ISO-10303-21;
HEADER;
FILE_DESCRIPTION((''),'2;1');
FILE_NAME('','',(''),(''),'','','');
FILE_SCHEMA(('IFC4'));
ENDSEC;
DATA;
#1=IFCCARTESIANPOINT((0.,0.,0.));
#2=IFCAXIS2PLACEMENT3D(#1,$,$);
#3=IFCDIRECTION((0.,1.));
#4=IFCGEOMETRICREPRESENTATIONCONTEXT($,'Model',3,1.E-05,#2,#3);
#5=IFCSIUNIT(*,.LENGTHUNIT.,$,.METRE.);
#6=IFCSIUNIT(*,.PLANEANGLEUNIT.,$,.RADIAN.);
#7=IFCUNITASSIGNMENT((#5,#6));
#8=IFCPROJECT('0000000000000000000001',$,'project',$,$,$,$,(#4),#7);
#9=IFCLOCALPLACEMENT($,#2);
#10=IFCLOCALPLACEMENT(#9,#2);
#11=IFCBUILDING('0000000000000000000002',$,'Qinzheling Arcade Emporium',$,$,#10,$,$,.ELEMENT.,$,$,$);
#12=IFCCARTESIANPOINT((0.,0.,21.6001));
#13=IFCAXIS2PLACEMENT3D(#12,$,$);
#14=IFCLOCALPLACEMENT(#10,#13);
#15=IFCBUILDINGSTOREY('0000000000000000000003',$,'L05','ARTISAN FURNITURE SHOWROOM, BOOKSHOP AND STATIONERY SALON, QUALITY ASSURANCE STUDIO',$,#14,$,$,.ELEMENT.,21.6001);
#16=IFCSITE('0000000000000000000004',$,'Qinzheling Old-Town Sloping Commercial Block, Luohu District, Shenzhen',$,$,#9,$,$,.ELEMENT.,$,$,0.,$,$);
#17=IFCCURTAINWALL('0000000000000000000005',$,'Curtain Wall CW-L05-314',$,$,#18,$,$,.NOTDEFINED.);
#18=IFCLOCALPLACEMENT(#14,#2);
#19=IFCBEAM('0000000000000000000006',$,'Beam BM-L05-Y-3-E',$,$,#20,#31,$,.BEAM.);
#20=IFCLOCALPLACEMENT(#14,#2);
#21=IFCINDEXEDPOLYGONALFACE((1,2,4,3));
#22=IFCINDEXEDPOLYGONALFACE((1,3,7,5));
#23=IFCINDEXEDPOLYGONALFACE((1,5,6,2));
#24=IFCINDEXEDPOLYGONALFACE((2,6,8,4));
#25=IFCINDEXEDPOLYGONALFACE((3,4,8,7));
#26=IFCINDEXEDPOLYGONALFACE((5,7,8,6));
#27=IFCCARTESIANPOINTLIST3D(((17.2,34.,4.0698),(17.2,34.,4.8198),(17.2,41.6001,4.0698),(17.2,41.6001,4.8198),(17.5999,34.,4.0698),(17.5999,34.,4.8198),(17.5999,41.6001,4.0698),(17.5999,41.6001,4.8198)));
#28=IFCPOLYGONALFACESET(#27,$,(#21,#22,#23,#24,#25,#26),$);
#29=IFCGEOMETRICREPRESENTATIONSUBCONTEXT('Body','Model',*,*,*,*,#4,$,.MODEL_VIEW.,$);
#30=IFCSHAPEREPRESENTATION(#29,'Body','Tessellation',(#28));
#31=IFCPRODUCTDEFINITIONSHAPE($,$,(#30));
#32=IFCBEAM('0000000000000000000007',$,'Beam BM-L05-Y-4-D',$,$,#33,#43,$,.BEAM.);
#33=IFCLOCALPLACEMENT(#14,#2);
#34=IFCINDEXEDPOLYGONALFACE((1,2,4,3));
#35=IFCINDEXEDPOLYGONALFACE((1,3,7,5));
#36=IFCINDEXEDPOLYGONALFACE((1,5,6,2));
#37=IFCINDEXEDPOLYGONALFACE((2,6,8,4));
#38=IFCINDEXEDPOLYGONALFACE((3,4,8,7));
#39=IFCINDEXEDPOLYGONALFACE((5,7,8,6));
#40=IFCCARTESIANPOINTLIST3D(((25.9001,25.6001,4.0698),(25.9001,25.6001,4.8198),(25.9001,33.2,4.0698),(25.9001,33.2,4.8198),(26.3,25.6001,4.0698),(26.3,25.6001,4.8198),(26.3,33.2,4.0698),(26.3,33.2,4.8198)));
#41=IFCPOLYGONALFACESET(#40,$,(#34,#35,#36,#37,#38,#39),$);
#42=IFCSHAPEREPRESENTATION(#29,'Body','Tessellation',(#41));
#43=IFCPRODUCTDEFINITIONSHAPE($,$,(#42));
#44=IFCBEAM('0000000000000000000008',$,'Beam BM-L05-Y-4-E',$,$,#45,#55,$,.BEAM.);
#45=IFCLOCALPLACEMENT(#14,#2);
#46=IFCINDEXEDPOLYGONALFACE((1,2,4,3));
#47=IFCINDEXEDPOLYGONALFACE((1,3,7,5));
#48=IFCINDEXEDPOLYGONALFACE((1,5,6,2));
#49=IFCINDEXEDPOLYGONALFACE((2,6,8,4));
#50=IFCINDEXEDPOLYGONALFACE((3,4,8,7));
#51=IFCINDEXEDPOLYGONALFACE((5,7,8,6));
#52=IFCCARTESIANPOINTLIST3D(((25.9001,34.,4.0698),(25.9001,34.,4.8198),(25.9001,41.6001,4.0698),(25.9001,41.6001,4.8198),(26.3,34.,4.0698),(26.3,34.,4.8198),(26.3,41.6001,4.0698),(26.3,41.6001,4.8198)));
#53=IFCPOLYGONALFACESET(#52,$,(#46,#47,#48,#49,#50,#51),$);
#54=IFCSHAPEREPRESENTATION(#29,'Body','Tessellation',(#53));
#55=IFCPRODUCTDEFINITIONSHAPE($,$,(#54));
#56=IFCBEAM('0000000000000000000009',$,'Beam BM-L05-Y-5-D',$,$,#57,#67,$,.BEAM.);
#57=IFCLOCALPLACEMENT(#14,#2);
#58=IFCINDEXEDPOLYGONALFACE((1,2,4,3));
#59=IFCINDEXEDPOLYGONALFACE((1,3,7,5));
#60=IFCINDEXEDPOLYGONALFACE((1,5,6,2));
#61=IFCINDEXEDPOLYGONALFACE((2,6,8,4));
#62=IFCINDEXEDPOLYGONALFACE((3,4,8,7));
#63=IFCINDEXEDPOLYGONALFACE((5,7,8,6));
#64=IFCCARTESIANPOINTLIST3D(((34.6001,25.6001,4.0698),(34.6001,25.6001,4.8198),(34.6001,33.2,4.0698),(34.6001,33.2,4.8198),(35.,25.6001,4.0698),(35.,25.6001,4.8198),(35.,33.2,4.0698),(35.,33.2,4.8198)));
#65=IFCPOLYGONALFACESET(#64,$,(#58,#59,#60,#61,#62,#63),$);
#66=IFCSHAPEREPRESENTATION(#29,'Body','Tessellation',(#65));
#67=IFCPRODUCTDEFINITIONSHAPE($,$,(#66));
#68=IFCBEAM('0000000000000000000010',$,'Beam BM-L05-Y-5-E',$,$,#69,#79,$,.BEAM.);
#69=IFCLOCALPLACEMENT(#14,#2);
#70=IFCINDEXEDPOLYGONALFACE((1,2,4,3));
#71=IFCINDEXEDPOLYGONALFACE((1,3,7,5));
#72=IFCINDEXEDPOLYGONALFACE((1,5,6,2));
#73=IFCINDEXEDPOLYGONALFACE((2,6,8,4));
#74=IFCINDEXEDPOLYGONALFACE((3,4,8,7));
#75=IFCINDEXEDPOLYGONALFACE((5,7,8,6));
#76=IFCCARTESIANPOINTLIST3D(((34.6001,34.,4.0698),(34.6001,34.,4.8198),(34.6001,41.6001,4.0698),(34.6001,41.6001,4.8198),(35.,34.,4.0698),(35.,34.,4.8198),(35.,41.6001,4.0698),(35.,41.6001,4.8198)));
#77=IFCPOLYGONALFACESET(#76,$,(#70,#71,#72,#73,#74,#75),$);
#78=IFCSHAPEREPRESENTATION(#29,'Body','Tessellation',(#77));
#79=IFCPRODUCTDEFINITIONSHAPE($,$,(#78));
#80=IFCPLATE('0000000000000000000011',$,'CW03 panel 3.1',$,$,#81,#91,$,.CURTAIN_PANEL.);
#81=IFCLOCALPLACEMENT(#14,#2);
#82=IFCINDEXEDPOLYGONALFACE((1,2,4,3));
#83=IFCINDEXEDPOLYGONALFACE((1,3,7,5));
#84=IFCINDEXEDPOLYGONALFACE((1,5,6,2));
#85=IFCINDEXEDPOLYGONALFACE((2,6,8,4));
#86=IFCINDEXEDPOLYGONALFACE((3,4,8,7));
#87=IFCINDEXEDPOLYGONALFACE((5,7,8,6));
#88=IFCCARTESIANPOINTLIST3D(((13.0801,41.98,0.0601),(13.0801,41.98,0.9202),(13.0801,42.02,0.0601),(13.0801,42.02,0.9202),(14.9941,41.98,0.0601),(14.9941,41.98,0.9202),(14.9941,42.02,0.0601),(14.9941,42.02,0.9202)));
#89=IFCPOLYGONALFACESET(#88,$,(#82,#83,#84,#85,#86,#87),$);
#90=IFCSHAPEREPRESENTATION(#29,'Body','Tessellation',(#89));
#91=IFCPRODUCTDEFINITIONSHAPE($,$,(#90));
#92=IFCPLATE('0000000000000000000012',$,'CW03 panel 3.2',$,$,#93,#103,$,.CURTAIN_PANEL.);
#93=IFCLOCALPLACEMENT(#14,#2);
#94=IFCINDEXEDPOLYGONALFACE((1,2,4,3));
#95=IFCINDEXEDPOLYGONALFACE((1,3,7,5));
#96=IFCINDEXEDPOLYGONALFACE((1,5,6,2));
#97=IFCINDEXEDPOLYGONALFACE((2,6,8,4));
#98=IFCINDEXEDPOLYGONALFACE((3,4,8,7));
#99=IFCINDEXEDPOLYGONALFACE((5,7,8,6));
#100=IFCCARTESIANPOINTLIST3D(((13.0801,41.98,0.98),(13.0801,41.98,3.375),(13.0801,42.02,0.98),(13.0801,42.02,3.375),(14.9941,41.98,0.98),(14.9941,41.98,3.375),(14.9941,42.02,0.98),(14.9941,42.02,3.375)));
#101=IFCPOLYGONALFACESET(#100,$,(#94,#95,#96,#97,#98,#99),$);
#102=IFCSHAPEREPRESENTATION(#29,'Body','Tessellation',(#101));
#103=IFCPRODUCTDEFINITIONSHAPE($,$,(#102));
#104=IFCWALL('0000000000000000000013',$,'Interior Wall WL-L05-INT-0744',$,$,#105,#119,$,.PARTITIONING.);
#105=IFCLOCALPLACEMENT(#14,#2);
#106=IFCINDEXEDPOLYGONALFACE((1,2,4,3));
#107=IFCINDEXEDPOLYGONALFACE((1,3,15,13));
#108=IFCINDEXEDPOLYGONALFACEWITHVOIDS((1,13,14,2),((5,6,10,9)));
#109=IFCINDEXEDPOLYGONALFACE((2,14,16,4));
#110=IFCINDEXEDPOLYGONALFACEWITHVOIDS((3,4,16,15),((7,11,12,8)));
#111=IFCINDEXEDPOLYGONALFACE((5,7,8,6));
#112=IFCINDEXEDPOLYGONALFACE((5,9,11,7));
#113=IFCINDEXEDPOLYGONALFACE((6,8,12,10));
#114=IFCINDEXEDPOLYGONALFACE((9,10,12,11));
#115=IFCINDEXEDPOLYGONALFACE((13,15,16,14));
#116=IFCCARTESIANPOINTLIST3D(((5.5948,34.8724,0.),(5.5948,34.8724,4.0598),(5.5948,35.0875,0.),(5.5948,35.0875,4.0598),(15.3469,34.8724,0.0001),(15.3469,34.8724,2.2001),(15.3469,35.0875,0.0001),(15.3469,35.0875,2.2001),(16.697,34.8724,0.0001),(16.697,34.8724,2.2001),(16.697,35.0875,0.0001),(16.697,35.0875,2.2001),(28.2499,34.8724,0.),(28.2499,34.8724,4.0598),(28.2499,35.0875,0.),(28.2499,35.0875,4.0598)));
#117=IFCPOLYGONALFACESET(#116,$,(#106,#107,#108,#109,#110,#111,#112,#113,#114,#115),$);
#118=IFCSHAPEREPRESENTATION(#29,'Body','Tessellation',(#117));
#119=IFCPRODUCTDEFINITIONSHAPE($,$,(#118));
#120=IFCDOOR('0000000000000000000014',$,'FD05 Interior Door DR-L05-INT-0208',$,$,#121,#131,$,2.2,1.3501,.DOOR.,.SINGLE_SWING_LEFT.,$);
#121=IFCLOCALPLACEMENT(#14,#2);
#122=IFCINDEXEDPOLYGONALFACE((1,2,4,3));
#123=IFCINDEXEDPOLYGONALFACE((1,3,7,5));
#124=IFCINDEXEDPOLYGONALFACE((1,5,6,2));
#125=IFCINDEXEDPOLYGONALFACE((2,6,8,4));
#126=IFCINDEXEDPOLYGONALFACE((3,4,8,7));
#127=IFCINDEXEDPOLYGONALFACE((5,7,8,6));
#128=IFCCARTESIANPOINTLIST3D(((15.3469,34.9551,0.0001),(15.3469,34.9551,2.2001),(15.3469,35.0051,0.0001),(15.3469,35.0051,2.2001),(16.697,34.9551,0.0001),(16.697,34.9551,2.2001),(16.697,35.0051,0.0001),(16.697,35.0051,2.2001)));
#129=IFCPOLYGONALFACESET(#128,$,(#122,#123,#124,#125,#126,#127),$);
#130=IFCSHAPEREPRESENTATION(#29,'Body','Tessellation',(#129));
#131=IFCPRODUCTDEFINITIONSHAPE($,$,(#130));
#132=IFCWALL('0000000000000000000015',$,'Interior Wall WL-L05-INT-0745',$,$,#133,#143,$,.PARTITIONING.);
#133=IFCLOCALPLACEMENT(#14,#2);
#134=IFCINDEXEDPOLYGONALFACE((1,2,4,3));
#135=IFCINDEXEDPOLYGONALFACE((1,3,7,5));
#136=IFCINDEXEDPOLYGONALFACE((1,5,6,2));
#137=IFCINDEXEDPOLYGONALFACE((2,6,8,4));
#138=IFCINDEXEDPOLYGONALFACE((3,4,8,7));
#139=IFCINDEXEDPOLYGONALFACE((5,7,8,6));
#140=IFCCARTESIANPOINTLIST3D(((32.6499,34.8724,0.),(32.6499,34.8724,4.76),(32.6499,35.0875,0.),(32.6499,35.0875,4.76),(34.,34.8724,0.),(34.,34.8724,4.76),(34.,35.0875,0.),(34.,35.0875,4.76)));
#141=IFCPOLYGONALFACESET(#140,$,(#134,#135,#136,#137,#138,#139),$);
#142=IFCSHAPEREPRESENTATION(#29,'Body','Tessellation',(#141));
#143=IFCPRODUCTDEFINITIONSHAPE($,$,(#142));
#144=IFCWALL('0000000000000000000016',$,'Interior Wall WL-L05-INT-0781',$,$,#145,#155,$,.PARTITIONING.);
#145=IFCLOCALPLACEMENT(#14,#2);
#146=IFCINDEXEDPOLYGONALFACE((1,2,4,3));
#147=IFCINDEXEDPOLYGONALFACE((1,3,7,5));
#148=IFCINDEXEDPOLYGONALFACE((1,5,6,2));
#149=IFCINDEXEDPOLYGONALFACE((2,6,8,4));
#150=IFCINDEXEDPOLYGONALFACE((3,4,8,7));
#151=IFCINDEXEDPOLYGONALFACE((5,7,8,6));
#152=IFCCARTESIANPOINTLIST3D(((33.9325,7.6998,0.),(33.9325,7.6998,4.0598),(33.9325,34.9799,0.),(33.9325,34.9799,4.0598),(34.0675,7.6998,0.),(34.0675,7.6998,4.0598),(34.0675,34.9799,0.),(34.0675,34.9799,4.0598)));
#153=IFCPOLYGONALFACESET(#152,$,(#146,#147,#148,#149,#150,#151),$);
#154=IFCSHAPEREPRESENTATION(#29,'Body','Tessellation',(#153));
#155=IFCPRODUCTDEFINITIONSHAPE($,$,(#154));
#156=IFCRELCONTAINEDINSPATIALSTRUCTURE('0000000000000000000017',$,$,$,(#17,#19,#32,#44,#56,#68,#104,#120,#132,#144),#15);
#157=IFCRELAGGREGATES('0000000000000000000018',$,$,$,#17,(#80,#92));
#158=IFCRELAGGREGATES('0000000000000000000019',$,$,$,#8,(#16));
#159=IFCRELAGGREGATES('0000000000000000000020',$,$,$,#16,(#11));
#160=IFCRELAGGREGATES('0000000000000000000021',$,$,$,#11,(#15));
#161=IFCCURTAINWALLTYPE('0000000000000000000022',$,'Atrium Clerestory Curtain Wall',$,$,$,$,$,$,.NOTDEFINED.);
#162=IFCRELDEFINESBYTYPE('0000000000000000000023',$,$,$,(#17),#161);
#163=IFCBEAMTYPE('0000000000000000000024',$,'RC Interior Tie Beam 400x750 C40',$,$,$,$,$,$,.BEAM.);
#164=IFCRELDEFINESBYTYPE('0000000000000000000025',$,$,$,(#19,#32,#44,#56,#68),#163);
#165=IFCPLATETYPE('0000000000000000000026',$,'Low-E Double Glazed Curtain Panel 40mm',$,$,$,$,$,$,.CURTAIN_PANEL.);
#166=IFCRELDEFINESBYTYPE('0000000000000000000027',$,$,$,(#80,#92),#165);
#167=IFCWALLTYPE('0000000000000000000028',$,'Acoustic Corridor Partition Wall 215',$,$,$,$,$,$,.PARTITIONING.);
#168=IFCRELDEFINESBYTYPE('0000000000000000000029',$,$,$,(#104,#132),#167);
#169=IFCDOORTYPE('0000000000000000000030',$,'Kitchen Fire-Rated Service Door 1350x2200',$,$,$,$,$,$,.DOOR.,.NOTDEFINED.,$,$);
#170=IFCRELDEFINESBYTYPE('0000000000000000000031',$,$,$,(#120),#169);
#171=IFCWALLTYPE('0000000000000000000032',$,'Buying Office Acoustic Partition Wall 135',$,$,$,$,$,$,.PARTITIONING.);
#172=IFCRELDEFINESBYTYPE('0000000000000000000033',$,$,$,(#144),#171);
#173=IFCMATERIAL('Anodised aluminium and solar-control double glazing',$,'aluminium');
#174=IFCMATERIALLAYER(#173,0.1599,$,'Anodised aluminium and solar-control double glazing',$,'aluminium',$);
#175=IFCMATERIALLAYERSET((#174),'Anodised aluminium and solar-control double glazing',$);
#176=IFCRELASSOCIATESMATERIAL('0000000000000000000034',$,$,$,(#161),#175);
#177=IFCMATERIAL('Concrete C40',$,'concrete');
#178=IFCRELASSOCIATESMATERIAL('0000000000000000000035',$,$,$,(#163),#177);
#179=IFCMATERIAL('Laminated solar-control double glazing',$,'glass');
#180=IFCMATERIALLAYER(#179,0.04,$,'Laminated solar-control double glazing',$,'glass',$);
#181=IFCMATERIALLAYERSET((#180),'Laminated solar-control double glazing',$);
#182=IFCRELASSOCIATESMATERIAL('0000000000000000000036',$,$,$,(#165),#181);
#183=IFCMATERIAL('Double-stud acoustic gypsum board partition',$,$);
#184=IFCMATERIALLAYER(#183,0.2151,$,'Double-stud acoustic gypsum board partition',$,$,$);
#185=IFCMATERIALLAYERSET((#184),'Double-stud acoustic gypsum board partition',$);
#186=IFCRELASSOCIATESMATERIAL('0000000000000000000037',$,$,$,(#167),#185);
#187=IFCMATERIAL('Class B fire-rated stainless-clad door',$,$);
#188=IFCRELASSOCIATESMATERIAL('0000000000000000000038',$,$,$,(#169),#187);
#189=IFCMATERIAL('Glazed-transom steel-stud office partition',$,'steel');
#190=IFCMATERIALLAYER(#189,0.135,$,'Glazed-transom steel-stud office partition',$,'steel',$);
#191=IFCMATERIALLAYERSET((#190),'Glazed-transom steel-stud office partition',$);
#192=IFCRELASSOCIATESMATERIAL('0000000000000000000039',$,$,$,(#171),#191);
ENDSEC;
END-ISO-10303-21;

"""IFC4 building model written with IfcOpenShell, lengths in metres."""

from ifc_helpers import new_model, si_unit, direction, frame, frame_2d, origin, origin_2d, place, context, subcontext, project, spatial, rectangle, extrude, material, layer, layer_set, material_profile, profile_set, type_object, element, fill, aggregate, save


model = new_model("IFC4")

# Units and contexts
model_context = context("Model", 3, precision=1e-05, world=origin(), true_north=direction((0.0, 1.0)))
body_context = subcontext(model_context, "Body", "Model", "MODEL_VIEW")
ifc_project = project(units=[si_unit("LENGTHUNIT", "METRE"), si_unit("PLANEANGLEUNIT", "RADIAN")], contexts=[model_context])

# Site, building, storey
site_placement = place(None, origin())
site = spatial("IfcSite", under=ifc_project, at=site_placement, Name="Qinzheling Old-Town Sloping Commercial Block, Luohu District, Shenzhen", CompositionType="ELEMENT", RefElevation=0.0)
building_placement = place(site_placement, origin())
building = spatial("IfcBuilding", under=site, at=building_placement, Name="Qinzheling Arcade Emporium", CompositionType="ELEMENT")
storey_placement = place(building_placement, frame((0.0, 0.0, 21.6001)))
storey = spatial("IfcBuildingStorey", under=building, at=storey_placement, Name="L05", Description="ARTISAN FURNITURE SHOWROOM, BOOKSHOP AND STATIONERY SALON, QUALITY ASSURANCE STUDIO", CompositionType="ELEMENT", Elevation=21.6001)

# Shared definitions
ifc_material_1 = material(Name="Concrete C40", Category="concrete")

# Curtain wall
ifc_material_2 = material(Name="Anodised aluminium and solar-control double glazing", Category="aluminium")
ifc_layer_1 = layer(ifc_material_2, 0.1599, Name="Anodised aluminium and solar-control double glazing", Category="aluminium")
ifc_layer_set_1 = layer_set([ifc_layer_1], Name="Anodised aluminium and solar-control double glazing")
curtain_wall_type = type_object("IfcCurtainWallType", Name="Atrium Clerestory Curtain Wall", PredefinedType="NOTDEFINED", material=ifc_layer_set_1)
curtain_wall_placement = place(storey_placement, origin())
curtain_wall = element("IfcCurtainWall", 1, at=curtain_wall_placement, inside=storey, type_object=curtain_wall_type, Name="Curtain Wall CW-L05-314", PredefinedType="NOTDEFINED")

# Beams
ifc_material_profile_1 = material_profile(ifc_material_1, rectangle(XDim=0.3999, YDim=0.75, at=origin_2d()), Name="RC 400x750", Category="concrete")
ifc_profile_set_1 = profile_set([ifc_material_profile_1], Name="Concrete C40")
beam_type = type_object("IfcBeamType", Name="RC Interior Tie Beam 400x750 C40", PredefinedType="BEAM", material=ifc_profile_set_1)
beam_1_placement = place(storey_placement, frame((17.3999, 34.0, 4.4448), z_axis=(0.0, 1.0, 0.0), x_axis=(-1.0, 0.0, 0.0)))
element("IfcBeam", 2, at=beam_1_placement, inside=storey, type_object=beam_type, Name="Beam BM-L05-Y-3-E", PredefinedType="BEAM", context=body_context, shape_type="SweptSolid", body=[
    extrude(rectangle(XDim=0.3999, YDim=0.75, at=origin_2d()), origin(), (0.0, 0.0, 1.0), 7.6001),
])
beam_2_placement = place(storey_placement, frame((26.1001, 25.6001, 4.4448), z_axis=(0.0, 1.0, 0.0), x_axis=(-1.0, 0.0, 0.0)))
element("IfcBeam", 3, at=beam_2_placement, inside=storey, type_object=beam_type, Name="Beam BM-L05-Y-4-D", PredefinedType="BEAM", context=body_context, shape_type="SweptSolid", body=[
    extrude(rectangle(XDim=0.3999, YDim=0.75, at=origin_2d()), origin(), (0.0, 0.0, 1.0), 7.5999),
])
beam_3_placement = place(storey_placement, frame((26.1001, 34.0, 4.4448), z_axis=(0.0, 1.0, 0.0), x_axis=(-1.0, 0.0, 0.0)))
element("IfcBeam", 4, at=beam_3_placement, inside=storey, type_object=beam_type, Name="Beam BM-L05-Y-4-E", PredefinedType="BEAM", context=body_context, shape_type="SweptSolid", body=[
    extrude(rectangle(XDim=0.3999, YDim=0.75, at=origin_2d()), origin(), (0.0, 0.0, 1.0), 7.6001),
])
beam_4_placement = place(storey_placement, frame((34.8, 25.6001, 4.4448), z_axis=(0.0, 1.0, 0.0), x_axis=(-1.0, 0.0, 0.0)))
element("IfcBeam", 5, at=beam_4_placement, inside=storey, type_object=beam_type, Name="Beam BM-L05-Y-5-D", PredefinedType="BEAM", context=body_context, shape_type="SweptSolid", body=[
    extrude(rectangle(XDim=0.3999, YDim=0.75, at=origin_2d()), origin(), (0.0, 0.0, 1.0), 7.5999),
])
beam_5_placement = place(storey_placement, frame((34.8, 34.0, 4.4448), z_axis=(0.0, 1.0, 0.0), x_axis=(-1.0, 0.0, 0.0)))
element("IfcBeam", 6, at=beam_5_placement, inside=storey, type_object=beam_type, Name="Beam BM-L05-Y-5-E", PredefinedType="BEAM", context=body_context, shape_type="SweptSolid", body=[
    extrude(rectangle(XDim=0.3999, YDim=0.75, at=origin_2d()), origin(), (0.0, 0.0, 1.0), 7.6001),
])

# Plates
ifc_material_3 = material(Name="Laminated solar-control double glazing", Category="glass")
ifc_layer_2 = layer(ifc_material_3, 0.04, Name="Laminated solar-control double glazing", Category="glass")
ifc_layer_set_2 = layer_set([ifc_layer_2], Name="Laminated solar-control double glazing")
plate_type = type_object("IfcPlateType", Name="Low-E Double Glazed Curtain Panel 40mm", PredefinedType="CURTAIN_PANEL", material=ifc_layer_set_2)
plate_1_placement = place(storey_placement, frame((14.0371, 42.0, 0.0601), z_axis=(0.0, 0.0, 1.0), x_axis=(1.0, 0.0, 0.0)))
plate_1 = element("IfcPlate", 7, at=plate_1_placement, type_object=plate_type, Name="CW03 panel 3.1", PredefinedType="CURTAIN_PANEL", context=body_context, shape_type="SweptSolid", body=[
    extrude(rectangle(XDim=1.9141, YDim=0.04, at=origin_2d()), origin(), (0.0, 0.0, 1.0), 0.8601),
])
plate_2_placement = place(storey_placement, frame((14.0371, 42.0, 0.98), z_axis=(0.0, 0.0, 1.0), x_axis=(1.0, 0.0, 0.0)))
plate_2 = element("IfcPlate", 8, at=plate_2_placement, type_object=plate_type, Name="CW03 panel 3.2", PredefinedType="CURTAIN_PANEL", context=body_context, shape_type="SweptSolid", body=[
    extrude(rectangle(XDim=1.9141, YDim=0.04, at=origin_2d()), origin(), (0.0, 0.0, 1.0), 2.395),
])
aggregate(curtain_wall, [plate_1, plate_2])

# Wall, opening, door
ifc_material_4 = material(Name="Double-stud acoustic gypsum board partition")
ifc_layer_3 = layer(ifc_material_4, 0.2151, Name="Double-stud acoustic gypsum board partition")
ifc_layer_set_3 = layer_set([ifc_layer_3], Name="Double-stud acoustic gypsum board partition")
wall_type_1 = type_object("IfcWallType", Name="Acoustic Corridor Partition Wall 215", PredefinedType="PARTITIONING", material=ifc_layer_set_3)
wall_1_placement = place(storey_placement, frame((28.25, 34.98, 0.0), z_axis=(0.0, 0.0, 1.0), x_axis=(-1.0, 0.0, 0.0)))
wall_1 = element("IfcWall", 9, at=wall_1_placement, inside=storey, type_object=wall_type_1, Name="Interior Wall WL-L05-INT-0744", PredefinedType="PARTITIONING", context=body_context, shape_type="SweptSolid", body=[
    extrude(rectangle(XDim=22.655, YDim=0.2151, at=frame_2d((11.3276, 0.0))), origin(), (0.0, 0.0, 1.0), 4.0598),
])
opening_1_placement = place(wall_1_placement, frame((11.553, 0.0, 0.0)))
opening_1 = element("IfcOpeningElement", 10, at=opening_1_placement, cuts=wall_1, PredefinedType="OPENING", context=body_context, shape_type="SweptSolid", body=[
    extrude(rectangle(XDim=1.3501, YDim=2.2, at=frame_2d((0.675, 1.1001))), frame((0.0, 0.1177, 0.0), z_axis=(0.0, -1.0, 0.0), x_axis=(1.0, 0.0, 0.0)), (0.0, 0.0, 1.0), 0.2351),
])
ifc_material_5 = material(Name="Class B fire-rated stainless-clad door")
door_type_1 = type_object("IfcDoorType", Name="Kitchen Fire-Rated Service Door 1350x2200", OperationType="NOTDEFINED", PredefinedType="DOOR", material=ifc_material_5)
door_1_placement = place(opening_1_placement, origin())
door_1 = element("IfcDoor", 11, at=door_1_placement, inside=storey, type_object=door_type_1, Name="FD05 Interior Door DR-L05-INT-0208", OperationType="SINGLE_SWING_LEFT", OverallHeight=2.2, OverallWidth=1.3501, PredefinedType="DOOR", context=body_context, shape_type="SweptSolid", body=[
    extrude(rectangle(XDim=1.3501, YDim=2.2, at=frame_2d((0.675, 1.1001))), frame((0.0, 0.0249, 0.0), z_axis=(0.0, -1.0, 0.0), x_axis=(1.0, 0.0, 0.0)), (0.0, 0.0, 1.0), 0.05),
])
fill(opening_1, door_1)

# Walls
wall_2_placement = place(storey_placement, frame((34.0, 34.98, 0.0), z_axis=(0.0, 0.0, 1.0), x_axis=(-1.0, 0.0, 0.0)))
element("IfcWall", 12, at=wall_2_placement, inside=storey, type_object=wall_type_1, Name="Interior Wall WL-L05-INT-0745", PredefinedType="PARTITIONING", context=body_context, shape_type="SweptSolid", body=[
    extrude(rectangle(XDim=1.3501, YDim=0.2151, at=frame_2d((0.675, 0.0))), origin(), (0.0, 0.0, 1.0), 4.76),
])
ifc_material_6 = material(Name="Glazed-transom steel-stud office partition", Category="steel")
ifc_layer_4 = layer(ifc_material_6, 0.135, Name="Glazed-transom steel-stud office partition", Category="steel")
ifc_layer_set_4 = layer_set([ifc_layer_4], Name="Glazed-transom steel-stud office partition")
wall_type_2 = type_object("IfcWallType", Name="Buying Office Acoustic Partition Wall 135", PredefinedType="PARTITIONING", material=ifc_layer_set_4)
wall_3_placement = place(storey_placement, frame((34.0, 34.98, 0.0), z_axis=(0.0, 0.0, 1.0), x_axis=(0.0, -1.0, 0.0)))
element("IfcWall", 13, at=wall_3_placement, inside=storey, type_object=wall_type_2, Name="Interior Wall WL-L05-INT-0781", PredefinedType="PARTITIONING", context=body_context, shape_type="SweptSolid", body=[
    extrude(rectangle(XDim=27.28, YDim=0.135, at=frame_2d((13.6401, 0.0))), origin(), (0.0, 0.0, 1.0), 4.0598),
])

save(model, "model.ifc")
